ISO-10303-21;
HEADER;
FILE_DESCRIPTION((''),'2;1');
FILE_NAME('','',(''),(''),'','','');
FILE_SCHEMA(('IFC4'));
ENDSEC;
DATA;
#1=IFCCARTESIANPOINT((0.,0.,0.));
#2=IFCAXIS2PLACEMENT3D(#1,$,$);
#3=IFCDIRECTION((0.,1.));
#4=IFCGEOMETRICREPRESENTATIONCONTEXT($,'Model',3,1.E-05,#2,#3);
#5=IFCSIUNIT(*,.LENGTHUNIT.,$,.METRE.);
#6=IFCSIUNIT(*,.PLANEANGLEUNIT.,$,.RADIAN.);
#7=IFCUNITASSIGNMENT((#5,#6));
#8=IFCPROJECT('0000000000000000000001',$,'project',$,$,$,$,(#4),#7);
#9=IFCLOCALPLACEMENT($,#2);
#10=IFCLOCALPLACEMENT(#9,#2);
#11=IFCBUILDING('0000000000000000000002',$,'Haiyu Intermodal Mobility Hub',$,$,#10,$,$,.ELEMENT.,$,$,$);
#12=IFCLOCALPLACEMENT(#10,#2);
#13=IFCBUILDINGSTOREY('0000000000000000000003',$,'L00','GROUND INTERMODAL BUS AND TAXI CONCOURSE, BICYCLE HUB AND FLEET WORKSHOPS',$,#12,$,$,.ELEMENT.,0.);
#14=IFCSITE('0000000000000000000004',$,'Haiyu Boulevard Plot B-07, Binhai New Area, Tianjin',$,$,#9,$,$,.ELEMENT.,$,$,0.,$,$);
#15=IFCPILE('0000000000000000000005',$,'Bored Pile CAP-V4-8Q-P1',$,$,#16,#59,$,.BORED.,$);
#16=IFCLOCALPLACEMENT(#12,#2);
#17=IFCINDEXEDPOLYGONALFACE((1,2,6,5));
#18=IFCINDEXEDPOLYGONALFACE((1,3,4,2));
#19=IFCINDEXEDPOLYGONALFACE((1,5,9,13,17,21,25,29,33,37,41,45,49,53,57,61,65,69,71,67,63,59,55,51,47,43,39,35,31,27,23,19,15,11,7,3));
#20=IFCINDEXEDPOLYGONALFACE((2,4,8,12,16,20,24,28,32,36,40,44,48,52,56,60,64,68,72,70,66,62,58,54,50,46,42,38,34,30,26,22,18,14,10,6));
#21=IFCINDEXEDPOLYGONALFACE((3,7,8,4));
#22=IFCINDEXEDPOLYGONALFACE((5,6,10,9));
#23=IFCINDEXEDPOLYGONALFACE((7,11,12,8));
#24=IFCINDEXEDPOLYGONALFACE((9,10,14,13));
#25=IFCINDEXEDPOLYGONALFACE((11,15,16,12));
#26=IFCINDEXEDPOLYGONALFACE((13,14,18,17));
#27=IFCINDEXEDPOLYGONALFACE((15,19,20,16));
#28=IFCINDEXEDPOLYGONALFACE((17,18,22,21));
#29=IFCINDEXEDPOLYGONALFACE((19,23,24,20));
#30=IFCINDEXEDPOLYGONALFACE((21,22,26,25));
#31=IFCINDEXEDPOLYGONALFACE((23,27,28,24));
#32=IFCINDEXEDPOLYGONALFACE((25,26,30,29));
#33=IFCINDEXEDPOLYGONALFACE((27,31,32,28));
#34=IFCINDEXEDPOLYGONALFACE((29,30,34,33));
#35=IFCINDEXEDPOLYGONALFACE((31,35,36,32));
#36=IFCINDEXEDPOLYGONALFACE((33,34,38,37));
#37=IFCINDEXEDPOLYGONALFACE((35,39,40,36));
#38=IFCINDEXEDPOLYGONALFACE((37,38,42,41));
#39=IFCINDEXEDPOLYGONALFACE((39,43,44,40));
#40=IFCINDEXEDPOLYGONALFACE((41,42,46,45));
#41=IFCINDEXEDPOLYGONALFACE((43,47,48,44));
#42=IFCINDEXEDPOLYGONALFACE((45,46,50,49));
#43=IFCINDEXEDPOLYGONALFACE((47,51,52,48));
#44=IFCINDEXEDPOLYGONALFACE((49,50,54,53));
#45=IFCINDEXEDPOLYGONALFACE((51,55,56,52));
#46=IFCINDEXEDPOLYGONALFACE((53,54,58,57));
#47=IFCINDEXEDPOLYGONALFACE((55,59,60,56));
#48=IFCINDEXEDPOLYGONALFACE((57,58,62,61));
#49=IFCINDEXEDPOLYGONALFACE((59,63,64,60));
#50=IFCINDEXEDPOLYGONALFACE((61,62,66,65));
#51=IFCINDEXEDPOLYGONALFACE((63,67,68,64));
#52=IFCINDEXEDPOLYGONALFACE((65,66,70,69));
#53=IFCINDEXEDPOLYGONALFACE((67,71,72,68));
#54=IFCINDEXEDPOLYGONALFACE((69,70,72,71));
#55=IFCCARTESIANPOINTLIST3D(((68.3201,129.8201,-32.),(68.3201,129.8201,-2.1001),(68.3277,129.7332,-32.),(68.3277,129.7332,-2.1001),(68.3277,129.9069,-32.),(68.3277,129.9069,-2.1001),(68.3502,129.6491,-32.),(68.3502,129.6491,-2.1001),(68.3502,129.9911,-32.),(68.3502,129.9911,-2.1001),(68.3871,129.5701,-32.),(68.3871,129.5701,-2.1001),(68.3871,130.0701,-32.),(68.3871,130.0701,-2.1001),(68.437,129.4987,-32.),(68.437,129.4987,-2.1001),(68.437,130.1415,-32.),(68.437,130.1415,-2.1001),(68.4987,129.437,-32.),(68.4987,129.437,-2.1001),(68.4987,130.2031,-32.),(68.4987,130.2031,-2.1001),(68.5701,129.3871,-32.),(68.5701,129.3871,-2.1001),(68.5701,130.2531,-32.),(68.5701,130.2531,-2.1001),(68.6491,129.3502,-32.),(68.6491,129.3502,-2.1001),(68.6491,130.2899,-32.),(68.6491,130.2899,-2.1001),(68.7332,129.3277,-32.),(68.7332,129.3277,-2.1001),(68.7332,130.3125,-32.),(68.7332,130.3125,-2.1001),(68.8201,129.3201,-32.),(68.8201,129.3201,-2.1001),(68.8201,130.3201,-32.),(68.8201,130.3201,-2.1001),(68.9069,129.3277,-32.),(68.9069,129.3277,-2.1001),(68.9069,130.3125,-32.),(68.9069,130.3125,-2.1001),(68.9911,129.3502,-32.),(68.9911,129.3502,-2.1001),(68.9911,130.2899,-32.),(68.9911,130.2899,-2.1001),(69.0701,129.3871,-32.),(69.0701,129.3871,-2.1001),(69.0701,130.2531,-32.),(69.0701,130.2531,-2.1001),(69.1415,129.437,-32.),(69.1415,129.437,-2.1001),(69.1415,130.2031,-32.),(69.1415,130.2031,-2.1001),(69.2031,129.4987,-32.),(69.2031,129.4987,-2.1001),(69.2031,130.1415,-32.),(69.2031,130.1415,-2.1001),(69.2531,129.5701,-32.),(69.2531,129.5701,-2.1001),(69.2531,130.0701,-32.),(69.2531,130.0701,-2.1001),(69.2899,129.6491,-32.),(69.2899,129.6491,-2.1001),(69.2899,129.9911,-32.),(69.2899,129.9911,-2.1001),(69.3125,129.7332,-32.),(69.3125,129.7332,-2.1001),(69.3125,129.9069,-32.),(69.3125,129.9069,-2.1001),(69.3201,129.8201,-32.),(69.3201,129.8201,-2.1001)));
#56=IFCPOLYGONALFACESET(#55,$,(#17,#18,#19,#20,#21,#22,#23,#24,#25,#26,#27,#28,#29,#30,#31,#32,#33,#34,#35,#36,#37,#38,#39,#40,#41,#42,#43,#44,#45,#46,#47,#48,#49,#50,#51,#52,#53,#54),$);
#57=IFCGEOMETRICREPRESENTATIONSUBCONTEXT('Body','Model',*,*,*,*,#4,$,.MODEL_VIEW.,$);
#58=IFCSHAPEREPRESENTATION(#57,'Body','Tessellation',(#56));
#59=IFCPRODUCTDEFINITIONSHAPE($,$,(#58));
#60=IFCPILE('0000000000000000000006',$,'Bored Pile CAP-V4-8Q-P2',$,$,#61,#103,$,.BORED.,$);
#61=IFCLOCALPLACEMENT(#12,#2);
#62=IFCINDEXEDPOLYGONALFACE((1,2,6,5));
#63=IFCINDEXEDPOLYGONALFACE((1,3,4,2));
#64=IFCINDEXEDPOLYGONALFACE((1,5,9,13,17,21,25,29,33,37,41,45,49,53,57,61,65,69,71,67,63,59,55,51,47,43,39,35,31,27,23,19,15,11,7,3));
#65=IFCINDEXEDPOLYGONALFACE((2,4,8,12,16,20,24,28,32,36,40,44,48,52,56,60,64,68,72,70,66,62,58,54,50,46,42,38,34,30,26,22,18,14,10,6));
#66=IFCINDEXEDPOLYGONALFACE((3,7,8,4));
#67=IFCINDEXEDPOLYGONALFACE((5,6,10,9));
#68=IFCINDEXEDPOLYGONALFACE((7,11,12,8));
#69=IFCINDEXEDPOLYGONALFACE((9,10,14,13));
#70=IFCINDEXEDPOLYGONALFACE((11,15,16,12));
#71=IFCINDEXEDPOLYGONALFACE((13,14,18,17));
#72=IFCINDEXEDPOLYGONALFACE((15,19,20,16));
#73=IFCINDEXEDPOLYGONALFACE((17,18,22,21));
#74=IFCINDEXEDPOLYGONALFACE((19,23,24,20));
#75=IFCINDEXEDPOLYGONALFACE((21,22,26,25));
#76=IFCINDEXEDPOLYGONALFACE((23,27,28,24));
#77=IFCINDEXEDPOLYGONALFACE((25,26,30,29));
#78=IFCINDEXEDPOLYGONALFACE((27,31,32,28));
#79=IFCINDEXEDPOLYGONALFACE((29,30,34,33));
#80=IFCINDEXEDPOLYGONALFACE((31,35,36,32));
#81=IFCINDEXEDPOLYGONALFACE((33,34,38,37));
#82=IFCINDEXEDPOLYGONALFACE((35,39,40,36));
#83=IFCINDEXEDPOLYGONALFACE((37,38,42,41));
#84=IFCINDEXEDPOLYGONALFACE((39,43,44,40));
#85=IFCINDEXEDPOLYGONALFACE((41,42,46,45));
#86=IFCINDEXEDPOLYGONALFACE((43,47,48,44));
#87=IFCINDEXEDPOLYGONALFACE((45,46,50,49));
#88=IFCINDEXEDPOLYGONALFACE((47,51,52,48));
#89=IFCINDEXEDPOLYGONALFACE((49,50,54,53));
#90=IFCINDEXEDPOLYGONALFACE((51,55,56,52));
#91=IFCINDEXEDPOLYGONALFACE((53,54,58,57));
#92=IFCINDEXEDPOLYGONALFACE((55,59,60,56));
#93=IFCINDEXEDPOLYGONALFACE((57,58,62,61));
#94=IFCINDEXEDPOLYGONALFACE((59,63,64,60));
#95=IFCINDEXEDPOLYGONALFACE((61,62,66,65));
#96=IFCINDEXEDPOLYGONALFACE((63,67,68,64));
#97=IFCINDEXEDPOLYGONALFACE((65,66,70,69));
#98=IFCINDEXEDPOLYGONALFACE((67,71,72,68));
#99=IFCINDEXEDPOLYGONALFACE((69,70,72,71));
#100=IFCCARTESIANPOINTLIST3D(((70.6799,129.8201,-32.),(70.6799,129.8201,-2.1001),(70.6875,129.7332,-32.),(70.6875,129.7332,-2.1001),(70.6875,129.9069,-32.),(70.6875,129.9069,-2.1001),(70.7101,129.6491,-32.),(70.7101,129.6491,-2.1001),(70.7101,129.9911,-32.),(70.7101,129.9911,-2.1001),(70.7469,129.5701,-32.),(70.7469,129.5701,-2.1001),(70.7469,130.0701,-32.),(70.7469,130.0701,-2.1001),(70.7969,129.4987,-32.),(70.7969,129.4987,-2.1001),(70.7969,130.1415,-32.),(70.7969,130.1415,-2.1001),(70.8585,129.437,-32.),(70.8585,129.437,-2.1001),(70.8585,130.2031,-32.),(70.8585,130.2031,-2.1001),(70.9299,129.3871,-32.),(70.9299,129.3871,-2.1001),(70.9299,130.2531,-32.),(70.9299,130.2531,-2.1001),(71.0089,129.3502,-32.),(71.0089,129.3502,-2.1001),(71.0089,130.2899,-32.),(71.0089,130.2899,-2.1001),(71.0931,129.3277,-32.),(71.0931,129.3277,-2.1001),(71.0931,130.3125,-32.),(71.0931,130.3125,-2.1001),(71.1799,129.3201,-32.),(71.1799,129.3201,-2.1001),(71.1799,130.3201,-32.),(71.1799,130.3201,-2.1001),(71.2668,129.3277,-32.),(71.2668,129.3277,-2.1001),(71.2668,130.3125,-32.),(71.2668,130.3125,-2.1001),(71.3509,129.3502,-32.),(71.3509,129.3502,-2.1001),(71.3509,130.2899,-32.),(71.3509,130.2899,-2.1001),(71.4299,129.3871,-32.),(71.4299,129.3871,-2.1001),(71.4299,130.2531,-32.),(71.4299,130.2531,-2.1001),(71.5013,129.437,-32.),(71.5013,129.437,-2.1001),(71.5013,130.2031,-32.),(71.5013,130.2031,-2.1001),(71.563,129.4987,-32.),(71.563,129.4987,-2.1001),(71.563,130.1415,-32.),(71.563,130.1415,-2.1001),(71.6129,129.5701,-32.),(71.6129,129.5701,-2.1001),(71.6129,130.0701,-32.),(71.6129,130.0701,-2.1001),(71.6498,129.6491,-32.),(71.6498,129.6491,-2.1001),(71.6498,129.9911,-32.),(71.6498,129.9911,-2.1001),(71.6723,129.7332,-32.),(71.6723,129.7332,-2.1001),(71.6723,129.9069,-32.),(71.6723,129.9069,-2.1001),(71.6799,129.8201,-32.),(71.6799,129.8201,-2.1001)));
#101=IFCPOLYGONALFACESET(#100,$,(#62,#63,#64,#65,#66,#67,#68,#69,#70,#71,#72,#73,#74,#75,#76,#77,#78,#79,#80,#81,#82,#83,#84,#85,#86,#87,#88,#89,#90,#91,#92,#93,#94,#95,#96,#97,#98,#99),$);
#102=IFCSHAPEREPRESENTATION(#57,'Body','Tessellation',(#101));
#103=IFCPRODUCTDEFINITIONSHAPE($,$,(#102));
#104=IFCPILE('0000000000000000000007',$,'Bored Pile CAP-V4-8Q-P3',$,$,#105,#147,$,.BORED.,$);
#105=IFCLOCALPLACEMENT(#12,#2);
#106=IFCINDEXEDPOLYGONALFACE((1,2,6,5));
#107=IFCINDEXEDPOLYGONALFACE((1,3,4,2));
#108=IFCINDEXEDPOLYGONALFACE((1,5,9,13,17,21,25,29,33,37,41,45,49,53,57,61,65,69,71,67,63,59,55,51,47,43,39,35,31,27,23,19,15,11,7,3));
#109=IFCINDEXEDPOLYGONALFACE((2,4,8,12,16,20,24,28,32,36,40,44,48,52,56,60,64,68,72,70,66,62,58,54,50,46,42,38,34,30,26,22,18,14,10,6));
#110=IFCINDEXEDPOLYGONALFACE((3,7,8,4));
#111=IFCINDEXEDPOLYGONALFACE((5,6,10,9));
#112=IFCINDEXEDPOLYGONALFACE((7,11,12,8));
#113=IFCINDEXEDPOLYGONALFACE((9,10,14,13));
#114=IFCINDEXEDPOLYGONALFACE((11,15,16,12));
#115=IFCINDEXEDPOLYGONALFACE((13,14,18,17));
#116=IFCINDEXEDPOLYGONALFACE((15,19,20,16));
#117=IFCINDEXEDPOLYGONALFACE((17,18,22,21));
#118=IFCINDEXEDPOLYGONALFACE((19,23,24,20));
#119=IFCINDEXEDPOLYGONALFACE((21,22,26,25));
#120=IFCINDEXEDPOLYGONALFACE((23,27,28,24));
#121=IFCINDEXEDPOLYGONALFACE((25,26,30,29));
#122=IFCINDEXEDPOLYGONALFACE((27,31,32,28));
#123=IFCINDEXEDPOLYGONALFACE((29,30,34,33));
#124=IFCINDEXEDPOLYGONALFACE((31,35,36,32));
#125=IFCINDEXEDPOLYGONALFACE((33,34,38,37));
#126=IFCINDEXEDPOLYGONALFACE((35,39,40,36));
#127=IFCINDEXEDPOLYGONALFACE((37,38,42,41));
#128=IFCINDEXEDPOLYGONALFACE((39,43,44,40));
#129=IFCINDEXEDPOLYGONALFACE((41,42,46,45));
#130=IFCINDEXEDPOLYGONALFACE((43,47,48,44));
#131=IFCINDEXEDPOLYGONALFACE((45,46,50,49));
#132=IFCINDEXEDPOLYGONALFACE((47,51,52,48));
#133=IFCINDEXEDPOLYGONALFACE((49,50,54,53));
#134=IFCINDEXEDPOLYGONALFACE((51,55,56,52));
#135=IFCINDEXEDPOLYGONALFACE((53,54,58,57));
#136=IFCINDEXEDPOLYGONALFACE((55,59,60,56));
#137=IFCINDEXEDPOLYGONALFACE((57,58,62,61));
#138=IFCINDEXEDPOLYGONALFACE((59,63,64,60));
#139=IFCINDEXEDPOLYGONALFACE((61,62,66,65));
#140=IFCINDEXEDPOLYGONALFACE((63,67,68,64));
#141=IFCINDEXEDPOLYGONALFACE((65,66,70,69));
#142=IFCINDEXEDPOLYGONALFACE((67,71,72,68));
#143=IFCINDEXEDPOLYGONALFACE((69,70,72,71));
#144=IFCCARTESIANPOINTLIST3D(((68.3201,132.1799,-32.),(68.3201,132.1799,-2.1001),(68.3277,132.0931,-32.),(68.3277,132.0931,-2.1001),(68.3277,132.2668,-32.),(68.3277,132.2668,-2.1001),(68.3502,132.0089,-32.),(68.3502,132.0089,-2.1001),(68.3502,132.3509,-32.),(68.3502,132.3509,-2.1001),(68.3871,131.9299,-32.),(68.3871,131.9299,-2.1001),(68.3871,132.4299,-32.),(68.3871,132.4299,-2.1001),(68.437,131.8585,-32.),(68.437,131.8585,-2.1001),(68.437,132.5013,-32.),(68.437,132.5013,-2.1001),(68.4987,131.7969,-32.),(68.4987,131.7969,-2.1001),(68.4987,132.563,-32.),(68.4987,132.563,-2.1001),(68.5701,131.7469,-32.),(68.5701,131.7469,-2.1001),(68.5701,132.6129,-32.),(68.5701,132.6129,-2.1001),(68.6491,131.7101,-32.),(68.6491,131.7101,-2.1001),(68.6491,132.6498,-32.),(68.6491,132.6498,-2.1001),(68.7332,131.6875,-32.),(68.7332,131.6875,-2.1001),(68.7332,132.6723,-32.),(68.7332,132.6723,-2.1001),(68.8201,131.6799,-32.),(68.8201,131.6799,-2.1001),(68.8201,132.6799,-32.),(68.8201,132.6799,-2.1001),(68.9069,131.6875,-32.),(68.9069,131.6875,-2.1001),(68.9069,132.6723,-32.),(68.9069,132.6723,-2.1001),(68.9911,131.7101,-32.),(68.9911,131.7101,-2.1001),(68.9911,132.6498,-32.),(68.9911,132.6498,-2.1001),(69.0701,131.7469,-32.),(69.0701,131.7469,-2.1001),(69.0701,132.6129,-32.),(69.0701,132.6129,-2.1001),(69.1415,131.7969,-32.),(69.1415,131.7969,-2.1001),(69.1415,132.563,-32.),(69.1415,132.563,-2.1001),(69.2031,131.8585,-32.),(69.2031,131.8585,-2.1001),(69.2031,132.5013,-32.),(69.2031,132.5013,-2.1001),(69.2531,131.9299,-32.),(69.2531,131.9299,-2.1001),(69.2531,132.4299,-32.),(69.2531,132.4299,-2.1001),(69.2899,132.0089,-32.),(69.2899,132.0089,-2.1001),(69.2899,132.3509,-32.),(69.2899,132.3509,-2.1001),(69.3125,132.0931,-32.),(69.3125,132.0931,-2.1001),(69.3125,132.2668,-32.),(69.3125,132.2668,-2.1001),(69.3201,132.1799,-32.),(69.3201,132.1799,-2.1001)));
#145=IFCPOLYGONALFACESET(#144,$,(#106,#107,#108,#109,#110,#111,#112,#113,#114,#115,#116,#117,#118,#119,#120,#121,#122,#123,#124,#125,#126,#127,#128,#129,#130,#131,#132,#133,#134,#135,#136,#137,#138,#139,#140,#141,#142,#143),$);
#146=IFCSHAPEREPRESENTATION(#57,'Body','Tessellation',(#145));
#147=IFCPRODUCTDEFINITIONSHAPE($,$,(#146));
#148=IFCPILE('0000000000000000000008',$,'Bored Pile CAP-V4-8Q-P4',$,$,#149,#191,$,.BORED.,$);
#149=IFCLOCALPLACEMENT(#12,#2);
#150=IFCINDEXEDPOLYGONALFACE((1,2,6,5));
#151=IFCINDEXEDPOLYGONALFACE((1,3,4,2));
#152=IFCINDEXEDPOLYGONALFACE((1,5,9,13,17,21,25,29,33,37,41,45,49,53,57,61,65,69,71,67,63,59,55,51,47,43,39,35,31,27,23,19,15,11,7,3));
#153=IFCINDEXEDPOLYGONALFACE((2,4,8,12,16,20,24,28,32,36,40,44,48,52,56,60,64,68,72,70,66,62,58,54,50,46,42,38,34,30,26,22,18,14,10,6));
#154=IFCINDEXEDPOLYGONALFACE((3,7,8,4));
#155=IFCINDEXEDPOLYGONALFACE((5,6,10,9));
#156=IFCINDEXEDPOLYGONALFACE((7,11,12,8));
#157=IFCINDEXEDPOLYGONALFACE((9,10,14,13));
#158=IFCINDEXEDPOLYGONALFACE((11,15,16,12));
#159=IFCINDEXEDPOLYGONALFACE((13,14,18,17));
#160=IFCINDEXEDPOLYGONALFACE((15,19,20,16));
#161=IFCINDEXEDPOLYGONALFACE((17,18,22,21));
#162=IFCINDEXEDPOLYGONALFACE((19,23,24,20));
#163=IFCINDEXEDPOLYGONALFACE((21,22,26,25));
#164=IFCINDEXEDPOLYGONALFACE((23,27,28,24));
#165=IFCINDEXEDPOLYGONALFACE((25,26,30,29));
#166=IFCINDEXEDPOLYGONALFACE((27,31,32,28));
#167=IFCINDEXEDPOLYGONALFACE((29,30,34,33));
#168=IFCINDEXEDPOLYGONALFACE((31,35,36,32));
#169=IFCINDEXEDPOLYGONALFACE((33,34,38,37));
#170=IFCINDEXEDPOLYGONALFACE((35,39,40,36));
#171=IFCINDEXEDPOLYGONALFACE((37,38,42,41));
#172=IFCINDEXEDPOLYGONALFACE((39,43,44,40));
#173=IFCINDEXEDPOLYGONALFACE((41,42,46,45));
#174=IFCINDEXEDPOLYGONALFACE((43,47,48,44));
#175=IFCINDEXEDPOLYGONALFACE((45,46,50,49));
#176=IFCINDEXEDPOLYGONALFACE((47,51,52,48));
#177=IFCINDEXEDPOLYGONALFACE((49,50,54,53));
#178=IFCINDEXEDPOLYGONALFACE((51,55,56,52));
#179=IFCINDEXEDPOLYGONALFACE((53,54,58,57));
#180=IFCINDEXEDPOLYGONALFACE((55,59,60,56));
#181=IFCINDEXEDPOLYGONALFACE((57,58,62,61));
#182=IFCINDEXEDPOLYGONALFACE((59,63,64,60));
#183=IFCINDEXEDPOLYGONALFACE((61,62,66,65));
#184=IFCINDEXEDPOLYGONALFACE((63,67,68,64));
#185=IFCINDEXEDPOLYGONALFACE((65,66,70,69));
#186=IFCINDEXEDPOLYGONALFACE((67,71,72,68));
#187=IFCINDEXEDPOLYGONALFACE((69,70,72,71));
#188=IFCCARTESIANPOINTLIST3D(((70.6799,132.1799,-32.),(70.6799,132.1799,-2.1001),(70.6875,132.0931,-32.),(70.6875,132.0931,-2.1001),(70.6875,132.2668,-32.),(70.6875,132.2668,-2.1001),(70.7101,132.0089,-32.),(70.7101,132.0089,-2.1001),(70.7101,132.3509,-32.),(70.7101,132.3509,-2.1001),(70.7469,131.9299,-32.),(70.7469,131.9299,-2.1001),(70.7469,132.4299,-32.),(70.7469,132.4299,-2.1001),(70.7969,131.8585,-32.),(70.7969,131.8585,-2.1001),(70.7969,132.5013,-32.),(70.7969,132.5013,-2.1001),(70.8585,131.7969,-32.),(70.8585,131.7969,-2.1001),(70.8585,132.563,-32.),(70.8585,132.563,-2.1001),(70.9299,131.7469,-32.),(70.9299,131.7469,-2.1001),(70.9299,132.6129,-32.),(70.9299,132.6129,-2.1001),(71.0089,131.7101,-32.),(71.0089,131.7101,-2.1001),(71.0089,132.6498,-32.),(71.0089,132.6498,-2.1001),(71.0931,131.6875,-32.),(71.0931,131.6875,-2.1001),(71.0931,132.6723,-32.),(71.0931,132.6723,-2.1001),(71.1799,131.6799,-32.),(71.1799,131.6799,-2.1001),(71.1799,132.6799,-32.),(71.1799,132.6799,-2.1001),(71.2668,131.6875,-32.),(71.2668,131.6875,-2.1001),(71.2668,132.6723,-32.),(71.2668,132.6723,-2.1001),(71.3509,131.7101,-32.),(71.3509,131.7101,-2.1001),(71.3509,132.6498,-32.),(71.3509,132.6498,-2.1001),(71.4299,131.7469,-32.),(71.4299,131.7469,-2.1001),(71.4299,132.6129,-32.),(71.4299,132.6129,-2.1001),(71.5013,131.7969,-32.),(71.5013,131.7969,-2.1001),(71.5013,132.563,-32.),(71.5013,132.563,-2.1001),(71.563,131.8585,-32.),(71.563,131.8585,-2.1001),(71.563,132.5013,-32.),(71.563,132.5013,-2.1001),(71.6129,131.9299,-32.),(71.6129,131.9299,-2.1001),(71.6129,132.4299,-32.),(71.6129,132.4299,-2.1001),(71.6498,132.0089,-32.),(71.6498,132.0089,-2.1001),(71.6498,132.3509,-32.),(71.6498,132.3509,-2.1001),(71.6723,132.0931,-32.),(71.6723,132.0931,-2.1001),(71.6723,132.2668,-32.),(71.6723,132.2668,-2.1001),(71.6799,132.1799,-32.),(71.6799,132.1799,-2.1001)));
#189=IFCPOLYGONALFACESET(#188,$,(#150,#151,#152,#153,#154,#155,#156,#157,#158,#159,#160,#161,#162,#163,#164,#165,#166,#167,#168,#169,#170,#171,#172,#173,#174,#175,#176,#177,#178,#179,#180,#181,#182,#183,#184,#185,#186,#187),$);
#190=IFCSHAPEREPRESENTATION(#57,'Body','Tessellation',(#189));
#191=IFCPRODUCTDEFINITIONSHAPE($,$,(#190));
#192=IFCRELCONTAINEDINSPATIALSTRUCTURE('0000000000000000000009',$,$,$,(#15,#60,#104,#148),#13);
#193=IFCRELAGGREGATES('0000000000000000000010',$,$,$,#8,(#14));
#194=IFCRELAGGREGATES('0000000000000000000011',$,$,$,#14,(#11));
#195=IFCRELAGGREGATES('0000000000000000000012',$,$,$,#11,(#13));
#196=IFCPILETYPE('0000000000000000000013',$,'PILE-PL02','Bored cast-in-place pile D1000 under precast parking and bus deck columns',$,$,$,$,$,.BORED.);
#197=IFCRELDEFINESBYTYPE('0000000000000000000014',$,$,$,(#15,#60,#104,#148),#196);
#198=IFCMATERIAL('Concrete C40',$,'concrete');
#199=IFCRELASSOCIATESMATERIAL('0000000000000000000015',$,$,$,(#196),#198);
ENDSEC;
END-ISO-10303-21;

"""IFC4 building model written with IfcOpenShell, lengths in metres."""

from ifc_helpers import new_model, si_unit, direction, frame, origin, origin_2d, place, context, subcontext, project, spatial, circle, extrude, material, material_profile, profile_set, type_object, element, save


model = new_model("IFC4")

# Units and contexts
model_context = context("Model", 3, precision=1e-05, world=origin(), true_north=direction((0.0, 1.0)))
body_context = subcontext(model_context, "Body", "Model", "MODEL_VIEW")
ifc_project = project(units=[si_unit("LENGTHUNIT", "METRE"), si_unit("PLANEANGLEUNIT", "RADIAN")], contexts=[model_context])

# Site, building, storey
site_placement = place(None, origin())
site = spatial("IfcSite", under=ifc_project, at=site_placement, Name="Haiyu Boulevard Plot B-07, Binhai New Area, Tianjin", CompositionType="ELEMENT", RefElevation=0.0)
building_placement = place(site_placement, origin())
building = spatial("IfcBuilding", under=site, at=building_placement, Name="Haiyu Intermodal Mobility Hub", CompositionType="ELEMENT")
storey_placement = place(building_placement, origin())
storey = spatial("IfcBuildingStorey", under=building, at=storey_placement, Name="L00", Description="GROUND INTERMODAL BUS AND TAXI CONCOURSE, BICYCLE HUB AND FLEET WORKSHOPS", CompositionType="ELEMENT", Elevation=0.0)

# Shared definitions
ifc_material_1 = material(Name="Concrete C40", Category="concrete")

# Piles
ifc_material_profile_1 = material_profile(ifc_material_1, circle(Radius=0.5, at=origin_2d()), Name="PILE-D1000")
ifc_profile_set_1 = profile_set([ifc_material_profile_1], Name="Concrete C40")
pile_type = type_object("IfcPileType", Name="PILE-PL02", Description="Bored cast-in-place pile D1000 under precast parking and bus deck columns", PredefinedType="BORED", material=ifc_profile_set_1)
for number, where, z_axis, x_axis, name in (
    (1, (68.8201, 129.8201, -2.1001), (0.0, 0.0, -1.0), (1.0, 0.0, 0.0), "Bored Pile CAP-V4-8Q-P1"),
    (2, (71.1799, 129.8201, -2.1001), (0.0, 0.0, -1.0), (1.0, 0.0, 0.0), "Bored Pile CAP-V4-8Q-P2"),
    (3, (68.8201, 132.1799, -2.1001), (0.0, 0.0, -1.0), (1.0, 0.0, 0.0), "Bored Pile CAP-V4-8Q-P3"),
    (4, (71.1799, 132.1799, -2.1001), (0.0, 0.0, -1.0), (1.0, 0.0, 0.0), "Bored Pile CAP-V4-8Q-P4"),
):
    element("IfcPile", number, at=place(storey_placement, frame(where, z_axis=z_axis, x_axis=x_axis)), inside=storey, type_object=pile_type, Name=name, PredefinedType="BORED", context=body_context, shape_type="SweptSolid", body=[
        extrude(circle(Radius=0.5, at=origin_2d()), origin(), (0.0, 0.0, 1.0), 29.8999),
    ])

save(model, "model.ifc")
